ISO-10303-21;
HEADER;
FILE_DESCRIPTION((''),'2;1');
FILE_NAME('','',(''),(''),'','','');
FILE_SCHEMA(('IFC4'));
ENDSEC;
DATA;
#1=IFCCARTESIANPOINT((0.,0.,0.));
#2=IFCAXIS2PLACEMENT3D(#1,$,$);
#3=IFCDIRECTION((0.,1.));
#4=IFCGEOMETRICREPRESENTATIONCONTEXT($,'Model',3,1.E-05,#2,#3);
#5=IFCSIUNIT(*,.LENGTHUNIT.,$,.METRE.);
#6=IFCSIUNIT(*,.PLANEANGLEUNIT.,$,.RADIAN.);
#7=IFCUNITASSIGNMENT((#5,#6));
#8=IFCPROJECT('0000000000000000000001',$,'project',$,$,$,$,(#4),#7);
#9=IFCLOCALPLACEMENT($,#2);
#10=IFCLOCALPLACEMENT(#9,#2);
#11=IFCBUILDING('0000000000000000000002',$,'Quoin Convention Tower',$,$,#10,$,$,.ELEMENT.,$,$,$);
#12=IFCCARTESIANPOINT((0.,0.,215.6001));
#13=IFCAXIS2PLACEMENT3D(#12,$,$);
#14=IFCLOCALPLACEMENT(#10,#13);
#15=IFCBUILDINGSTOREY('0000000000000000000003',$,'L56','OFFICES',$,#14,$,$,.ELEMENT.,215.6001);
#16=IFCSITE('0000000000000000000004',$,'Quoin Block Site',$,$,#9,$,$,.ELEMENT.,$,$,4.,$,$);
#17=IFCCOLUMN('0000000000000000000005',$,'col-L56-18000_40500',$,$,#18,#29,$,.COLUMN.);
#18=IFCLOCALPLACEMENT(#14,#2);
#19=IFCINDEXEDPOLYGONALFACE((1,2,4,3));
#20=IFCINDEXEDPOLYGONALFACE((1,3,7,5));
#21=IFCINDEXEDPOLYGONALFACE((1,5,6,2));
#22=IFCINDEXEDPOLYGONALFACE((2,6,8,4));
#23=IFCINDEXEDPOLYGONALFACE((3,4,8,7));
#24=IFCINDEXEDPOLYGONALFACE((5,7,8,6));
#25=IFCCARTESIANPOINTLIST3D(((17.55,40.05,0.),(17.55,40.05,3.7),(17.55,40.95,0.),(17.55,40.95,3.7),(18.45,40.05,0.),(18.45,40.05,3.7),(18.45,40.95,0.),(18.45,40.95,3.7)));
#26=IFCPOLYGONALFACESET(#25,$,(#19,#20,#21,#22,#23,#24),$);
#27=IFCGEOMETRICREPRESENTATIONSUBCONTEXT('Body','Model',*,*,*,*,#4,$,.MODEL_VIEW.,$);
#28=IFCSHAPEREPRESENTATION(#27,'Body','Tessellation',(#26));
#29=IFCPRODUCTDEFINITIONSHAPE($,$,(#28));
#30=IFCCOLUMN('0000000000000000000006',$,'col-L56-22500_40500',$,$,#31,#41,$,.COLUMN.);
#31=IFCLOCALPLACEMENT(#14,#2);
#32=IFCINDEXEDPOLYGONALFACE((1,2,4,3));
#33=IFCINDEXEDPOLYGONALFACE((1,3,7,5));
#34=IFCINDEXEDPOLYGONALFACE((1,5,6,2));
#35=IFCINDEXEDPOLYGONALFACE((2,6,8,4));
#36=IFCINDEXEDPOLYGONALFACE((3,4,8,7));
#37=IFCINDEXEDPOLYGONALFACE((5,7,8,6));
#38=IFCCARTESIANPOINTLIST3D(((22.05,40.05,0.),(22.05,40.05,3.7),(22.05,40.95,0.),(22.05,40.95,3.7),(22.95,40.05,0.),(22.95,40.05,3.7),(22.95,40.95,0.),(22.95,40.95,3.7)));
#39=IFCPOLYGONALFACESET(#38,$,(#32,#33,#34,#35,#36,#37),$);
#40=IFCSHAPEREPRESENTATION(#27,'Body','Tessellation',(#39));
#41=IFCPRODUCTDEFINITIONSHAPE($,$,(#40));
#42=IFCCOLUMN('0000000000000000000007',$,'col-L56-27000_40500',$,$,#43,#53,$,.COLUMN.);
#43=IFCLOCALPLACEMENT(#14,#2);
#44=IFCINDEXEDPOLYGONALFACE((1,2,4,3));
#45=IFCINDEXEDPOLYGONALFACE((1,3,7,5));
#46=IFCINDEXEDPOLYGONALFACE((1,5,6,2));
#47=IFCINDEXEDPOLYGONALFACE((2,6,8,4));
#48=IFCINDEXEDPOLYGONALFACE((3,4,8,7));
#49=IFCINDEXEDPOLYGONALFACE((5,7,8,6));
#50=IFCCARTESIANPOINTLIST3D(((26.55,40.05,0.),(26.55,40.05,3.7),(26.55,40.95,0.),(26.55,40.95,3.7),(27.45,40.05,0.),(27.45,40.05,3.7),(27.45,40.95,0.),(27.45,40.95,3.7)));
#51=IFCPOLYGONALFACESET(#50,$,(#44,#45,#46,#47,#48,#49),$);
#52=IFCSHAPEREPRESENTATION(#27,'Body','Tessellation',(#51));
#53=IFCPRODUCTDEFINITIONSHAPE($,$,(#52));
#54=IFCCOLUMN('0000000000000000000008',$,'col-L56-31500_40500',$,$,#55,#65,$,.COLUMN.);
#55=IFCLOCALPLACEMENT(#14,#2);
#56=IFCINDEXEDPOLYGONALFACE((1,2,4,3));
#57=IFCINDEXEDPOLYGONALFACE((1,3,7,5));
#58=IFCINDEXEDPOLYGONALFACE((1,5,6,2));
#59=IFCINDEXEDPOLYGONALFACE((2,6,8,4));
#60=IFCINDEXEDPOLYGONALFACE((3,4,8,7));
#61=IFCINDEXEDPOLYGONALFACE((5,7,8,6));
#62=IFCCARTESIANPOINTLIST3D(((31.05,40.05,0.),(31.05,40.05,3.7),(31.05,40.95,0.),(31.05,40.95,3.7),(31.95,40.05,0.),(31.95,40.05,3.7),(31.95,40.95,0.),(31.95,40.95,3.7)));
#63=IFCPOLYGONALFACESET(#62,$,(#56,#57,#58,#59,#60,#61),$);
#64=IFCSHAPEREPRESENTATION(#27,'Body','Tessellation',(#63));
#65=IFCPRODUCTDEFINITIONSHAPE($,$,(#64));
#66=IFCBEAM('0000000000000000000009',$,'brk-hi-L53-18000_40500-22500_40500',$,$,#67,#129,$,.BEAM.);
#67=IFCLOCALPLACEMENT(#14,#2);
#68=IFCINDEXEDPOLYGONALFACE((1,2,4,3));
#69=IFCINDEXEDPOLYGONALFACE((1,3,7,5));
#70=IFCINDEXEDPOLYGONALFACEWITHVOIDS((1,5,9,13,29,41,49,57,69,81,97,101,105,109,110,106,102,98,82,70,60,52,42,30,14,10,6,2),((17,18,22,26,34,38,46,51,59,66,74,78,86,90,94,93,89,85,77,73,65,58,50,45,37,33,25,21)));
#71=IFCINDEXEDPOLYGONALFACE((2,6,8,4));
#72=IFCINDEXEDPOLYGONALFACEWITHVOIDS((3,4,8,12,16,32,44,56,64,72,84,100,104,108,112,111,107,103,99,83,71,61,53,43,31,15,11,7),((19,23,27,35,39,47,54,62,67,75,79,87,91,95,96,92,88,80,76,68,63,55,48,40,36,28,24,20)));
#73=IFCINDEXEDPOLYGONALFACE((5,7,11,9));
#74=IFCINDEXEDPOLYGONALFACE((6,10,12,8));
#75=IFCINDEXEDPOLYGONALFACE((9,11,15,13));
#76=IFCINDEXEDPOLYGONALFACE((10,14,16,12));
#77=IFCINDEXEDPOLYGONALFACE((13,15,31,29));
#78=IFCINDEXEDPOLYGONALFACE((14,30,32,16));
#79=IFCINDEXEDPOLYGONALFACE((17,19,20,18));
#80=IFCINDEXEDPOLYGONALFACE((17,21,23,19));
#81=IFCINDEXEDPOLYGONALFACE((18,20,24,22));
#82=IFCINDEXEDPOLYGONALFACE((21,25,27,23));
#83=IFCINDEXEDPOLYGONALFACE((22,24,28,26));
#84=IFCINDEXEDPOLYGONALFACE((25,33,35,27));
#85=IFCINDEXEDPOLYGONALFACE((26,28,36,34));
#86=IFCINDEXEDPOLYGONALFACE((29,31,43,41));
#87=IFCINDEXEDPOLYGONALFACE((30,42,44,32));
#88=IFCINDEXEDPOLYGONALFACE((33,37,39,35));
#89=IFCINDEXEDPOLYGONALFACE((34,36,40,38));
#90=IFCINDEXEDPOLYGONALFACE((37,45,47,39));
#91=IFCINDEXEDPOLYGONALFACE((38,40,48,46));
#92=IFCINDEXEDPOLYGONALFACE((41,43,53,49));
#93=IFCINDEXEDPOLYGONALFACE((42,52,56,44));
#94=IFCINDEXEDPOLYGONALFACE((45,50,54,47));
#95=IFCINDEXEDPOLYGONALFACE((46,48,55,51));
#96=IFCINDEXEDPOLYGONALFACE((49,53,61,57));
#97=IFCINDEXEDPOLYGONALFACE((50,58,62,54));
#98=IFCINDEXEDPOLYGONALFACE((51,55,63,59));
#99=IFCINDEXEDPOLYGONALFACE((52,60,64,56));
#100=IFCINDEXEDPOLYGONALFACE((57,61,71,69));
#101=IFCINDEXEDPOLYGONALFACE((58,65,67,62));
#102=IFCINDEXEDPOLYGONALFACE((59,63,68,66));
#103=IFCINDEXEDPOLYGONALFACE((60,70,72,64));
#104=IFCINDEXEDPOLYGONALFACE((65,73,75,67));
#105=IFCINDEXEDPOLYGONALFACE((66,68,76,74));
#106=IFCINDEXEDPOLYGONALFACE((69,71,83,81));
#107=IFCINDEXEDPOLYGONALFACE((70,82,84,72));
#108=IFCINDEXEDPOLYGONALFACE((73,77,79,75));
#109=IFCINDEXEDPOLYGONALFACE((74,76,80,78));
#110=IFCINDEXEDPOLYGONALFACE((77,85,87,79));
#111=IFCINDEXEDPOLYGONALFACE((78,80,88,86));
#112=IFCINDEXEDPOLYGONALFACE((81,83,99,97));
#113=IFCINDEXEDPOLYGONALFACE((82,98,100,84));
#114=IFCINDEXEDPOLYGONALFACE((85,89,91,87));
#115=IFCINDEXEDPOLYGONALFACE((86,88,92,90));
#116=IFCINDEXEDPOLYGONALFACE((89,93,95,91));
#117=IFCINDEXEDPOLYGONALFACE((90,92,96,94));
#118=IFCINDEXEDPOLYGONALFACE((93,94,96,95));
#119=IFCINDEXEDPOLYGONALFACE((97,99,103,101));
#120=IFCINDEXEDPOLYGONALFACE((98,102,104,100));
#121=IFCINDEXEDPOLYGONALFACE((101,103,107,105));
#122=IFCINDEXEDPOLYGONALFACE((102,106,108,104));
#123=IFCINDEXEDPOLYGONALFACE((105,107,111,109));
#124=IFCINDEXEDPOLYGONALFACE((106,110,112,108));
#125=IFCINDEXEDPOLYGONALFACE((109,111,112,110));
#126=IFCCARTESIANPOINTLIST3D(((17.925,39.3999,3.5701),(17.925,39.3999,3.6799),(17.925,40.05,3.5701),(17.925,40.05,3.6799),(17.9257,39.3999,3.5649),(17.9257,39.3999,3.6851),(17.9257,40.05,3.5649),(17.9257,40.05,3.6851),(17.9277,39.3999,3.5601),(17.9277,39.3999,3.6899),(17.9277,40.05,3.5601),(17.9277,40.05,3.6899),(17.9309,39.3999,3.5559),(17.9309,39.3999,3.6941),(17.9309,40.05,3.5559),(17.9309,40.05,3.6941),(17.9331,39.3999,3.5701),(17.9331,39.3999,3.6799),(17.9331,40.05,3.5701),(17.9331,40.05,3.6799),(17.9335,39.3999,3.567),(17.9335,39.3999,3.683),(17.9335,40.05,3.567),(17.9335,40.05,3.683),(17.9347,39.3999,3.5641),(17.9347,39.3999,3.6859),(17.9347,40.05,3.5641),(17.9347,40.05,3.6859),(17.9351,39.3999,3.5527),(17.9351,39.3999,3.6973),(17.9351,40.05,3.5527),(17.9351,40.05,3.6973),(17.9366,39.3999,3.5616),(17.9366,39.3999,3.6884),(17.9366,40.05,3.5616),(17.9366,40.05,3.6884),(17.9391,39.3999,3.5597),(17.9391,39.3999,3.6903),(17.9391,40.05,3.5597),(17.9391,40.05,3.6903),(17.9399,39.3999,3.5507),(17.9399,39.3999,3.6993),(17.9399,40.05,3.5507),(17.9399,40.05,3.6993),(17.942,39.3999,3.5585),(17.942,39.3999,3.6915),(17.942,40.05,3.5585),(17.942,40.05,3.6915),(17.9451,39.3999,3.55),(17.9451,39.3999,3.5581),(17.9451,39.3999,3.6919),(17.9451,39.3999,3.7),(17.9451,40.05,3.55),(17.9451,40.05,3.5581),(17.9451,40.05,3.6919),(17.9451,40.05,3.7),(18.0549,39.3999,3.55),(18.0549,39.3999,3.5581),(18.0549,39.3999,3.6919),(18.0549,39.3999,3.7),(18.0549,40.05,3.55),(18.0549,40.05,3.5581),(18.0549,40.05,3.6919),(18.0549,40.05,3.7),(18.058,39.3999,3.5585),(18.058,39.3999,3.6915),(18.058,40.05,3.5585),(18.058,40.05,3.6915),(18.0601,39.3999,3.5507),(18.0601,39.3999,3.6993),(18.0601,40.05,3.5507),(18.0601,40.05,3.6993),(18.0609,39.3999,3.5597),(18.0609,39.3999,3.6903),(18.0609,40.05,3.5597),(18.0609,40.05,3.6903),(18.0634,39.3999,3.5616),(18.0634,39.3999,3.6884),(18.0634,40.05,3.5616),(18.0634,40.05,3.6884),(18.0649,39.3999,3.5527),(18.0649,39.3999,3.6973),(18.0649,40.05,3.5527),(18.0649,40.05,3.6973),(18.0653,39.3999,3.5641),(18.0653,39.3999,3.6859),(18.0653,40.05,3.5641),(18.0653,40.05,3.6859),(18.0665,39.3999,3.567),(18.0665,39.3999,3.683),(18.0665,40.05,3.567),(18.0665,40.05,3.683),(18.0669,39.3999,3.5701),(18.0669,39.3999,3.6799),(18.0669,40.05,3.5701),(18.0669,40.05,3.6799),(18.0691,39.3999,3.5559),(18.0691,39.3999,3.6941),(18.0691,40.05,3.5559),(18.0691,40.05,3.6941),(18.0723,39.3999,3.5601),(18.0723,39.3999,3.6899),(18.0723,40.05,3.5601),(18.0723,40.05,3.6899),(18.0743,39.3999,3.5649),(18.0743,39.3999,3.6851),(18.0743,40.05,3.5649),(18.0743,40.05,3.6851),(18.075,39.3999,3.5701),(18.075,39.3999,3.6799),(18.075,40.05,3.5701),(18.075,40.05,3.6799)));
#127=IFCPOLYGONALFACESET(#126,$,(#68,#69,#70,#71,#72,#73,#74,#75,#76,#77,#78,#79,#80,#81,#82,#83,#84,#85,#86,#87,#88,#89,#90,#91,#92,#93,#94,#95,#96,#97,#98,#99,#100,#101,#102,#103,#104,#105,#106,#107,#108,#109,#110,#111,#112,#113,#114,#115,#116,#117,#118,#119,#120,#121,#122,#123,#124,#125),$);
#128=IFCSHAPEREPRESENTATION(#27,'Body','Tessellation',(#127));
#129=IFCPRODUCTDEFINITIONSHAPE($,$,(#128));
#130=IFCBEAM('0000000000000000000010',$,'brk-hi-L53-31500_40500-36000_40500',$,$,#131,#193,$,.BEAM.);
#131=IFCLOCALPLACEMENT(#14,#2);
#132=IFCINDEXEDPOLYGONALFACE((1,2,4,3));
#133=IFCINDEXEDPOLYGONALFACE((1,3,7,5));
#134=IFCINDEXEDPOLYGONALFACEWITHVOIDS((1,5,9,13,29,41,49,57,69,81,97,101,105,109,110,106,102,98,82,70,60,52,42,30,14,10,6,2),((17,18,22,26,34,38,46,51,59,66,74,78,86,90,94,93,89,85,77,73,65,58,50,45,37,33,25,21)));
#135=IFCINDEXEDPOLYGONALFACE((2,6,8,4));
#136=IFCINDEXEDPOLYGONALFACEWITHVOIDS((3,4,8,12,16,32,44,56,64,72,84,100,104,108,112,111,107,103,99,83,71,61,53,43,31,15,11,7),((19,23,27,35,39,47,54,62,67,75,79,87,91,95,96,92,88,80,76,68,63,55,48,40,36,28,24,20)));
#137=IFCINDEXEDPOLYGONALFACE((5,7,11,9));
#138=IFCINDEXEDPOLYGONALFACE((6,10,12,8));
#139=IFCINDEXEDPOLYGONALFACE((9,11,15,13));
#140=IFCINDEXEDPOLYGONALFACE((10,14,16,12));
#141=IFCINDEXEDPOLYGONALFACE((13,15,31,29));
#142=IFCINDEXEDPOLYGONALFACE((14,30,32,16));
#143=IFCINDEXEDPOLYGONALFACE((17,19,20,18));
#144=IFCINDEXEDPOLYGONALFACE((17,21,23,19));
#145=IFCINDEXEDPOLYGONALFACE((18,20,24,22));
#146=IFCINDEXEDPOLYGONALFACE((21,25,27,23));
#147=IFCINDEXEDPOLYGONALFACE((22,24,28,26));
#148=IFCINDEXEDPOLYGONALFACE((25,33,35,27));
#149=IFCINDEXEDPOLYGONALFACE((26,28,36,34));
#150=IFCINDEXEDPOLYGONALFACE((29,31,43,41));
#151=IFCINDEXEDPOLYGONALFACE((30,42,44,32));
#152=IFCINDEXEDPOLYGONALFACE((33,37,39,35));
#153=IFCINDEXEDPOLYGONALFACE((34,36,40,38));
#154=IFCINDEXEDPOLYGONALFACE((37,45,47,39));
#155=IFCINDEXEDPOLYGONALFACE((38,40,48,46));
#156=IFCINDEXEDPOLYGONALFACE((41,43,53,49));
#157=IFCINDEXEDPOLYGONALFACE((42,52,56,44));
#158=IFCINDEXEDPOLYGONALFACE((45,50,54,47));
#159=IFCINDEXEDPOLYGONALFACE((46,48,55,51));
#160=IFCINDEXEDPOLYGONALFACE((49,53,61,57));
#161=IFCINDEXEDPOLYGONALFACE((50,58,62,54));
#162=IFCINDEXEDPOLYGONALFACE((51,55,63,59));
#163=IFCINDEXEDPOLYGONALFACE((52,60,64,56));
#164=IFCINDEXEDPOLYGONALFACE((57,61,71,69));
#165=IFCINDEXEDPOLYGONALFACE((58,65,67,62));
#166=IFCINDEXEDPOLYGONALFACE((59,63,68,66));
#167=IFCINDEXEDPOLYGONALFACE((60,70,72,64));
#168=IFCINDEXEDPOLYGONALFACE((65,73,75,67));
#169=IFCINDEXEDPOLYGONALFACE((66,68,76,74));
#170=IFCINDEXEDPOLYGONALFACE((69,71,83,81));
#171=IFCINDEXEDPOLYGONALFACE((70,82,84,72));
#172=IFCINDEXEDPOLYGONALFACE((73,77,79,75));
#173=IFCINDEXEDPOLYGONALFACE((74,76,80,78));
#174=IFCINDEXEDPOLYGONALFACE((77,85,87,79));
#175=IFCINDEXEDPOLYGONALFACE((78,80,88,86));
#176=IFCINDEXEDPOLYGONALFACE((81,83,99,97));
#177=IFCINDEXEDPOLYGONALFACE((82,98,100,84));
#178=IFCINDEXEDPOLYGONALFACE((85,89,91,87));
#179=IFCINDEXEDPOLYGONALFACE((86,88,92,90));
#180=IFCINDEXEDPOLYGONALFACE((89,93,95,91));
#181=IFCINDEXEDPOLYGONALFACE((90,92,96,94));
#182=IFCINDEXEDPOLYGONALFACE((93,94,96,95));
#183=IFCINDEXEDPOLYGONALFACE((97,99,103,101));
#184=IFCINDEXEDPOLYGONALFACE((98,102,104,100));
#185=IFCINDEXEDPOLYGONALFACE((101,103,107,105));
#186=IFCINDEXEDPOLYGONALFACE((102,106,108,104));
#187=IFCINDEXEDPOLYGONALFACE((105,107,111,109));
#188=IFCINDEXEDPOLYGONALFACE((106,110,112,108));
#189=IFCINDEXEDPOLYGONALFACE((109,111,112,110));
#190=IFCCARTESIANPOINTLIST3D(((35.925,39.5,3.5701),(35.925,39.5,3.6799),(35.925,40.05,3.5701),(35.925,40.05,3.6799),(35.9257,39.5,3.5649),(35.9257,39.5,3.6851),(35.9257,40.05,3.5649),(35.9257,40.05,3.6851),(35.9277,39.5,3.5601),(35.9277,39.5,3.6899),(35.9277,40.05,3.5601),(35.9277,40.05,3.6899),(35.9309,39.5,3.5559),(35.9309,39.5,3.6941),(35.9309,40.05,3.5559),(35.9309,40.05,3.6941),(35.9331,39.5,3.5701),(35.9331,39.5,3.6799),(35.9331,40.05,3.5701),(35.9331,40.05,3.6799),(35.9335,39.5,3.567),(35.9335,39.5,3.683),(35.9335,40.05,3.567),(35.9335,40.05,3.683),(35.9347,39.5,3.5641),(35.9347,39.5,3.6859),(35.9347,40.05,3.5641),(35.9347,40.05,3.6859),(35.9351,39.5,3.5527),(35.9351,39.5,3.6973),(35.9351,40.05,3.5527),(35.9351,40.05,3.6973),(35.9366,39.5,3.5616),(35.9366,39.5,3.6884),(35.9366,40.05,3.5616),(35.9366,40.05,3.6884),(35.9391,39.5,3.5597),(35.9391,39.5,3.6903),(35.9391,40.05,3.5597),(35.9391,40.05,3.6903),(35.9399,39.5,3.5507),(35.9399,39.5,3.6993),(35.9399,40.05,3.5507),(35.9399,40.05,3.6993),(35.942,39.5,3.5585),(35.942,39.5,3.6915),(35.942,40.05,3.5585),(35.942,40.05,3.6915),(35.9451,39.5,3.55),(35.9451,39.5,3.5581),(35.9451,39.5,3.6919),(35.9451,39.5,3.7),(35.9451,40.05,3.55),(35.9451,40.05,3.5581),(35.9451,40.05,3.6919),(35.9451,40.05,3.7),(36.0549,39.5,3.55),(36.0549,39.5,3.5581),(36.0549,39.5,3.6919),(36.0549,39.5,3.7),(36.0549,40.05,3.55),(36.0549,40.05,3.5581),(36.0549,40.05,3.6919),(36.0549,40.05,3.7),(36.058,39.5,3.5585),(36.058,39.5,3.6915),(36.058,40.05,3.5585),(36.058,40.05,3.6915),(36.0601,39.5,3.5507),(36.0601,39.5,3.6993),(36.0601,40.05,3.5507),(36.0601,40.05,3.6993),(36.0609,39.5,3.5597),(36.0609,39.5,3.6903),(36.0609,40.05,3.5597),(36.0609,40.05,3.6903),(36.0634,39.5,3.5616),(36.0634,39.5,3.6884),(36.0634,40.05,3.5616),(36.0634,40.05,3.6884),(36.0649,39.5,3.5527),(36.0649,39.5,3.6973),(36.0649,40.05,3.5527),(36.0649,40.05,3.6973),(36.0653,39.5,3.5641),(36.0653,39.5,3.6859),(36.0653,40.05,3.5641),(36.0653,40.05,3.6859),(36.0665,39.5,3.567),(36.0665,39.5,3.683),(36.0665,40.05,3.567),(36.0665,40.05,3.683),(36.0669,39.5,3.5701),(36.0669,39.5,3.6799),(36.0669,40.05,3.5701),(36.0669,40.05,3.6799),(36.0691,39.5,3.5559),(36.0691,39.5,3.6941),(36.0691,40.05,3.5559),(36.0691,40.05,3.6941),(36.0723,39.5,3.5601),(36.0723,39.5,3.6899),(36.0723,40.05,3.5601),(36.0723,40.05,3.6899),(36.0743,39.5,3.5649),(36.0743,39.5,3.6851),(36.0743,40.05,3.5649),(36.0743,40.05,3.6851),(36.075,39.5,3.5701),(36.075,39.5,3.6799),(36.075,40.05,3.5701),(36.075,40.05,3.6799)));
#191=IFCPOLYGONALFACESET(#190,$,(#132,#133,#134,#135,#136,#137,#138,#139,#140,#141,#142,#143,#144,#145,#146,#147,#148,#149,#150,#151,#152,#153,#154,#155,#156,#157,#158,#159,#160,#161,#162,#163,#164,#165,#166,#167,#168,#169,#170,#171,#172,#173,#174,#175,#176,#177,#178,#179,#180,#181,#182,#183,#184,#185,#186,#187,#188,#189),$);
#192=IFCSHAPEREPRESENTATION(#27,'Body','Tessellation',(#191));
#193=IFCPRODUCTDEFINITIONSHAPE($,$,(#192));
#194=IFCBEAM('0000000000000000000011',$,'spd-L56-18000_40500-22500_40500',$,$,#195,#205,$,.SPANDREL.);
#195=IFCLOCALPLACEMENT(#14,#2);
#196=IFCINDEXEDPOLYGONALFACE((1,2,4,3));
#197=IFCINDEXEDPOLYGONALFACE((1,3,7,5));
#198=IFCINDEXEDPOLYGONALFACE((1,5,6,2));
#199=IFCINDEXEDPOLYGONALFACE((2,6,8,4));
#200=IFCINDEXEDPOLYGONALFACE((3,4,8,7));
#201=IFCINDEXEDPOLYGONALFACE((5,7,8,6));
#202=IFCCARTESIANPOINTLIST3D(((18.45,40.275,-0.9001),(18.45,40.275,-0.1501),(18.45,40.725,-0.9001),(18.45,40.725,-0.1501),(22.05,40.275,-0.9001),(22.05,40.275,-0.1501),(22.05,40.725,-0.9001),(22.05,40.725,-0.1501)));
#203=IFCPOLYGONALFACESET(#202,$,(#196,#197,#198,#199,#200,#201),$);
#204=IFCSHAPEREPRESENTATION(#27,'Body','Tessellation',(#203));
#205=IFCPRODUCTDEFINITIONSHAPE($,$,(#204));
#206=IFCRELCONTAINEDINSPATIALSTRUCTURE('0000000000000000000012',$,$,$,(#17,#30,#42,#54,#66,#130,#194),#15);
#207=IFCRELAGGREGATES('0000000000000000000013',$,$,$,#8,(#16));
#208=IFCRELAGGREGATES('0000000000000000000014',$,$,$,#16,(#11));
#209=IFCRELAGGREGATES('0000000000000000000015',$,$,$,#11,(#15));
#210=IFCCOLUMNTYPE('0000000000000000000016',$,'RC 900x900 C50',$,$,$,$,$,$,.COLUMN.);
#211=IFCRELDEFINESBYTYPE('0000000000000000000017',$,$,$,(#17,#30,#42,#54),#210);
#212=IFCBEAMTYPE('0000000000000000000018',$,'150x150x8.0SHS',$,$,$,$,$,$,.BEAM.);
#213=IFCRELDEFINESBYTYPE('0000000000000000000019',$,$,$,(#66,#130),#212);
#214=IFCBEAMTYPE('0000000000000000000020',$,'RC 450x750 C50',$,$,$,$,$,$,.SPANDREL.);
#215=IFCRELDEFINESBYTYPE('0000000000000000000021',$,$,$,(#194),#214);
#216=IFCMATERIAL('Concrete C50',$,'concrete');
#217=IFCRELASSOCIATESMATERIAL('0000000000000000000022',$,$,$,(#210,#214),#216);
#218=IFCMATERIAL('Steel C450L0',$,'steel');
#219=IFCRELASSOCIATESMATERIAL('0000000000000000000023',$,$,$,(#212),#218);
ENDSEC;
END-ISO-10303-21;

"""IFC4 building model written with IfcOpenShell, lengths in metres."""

from ifc_helpers import new_model, si_unit, direction, frame, origin, origin_2d, place, context, subcontext, project, spatial, rectangle, hollow_rectangle, extrude, material, material_profile, profile_set, type_object, element, save


model = new_model("IFC4")

# Units and contexts
model_context = context("Model", 3, precision=1e-05, world=origin(), true_north=direction((0.0, 1.0)))
body_context = subcontext(model_context, "Body", "Model", "MODEL_VIEW")
ifc_project = project(units=[si_unit("LENGTHUNIT", "METRE"), si_unit("PLANEANGLEUNIT", "RADIAN")], contexts=[model_context])

# Site, building, storey
site_placement = place(None, origin())
site = spatial("IfcSite", under=ifc_project, at=site_placement, Name="Quoin Block Site", CompositionType="ELEMENT", RefElevation=4.0)
building_placement = place(site_placement, origin())
building = spatial("IfcBuilding", under=site, at=building_placement, Name="Quoin Convention Tower", CompositionType="ELEMENT")
storey_placement = place(building_placement, frame((0.0, 0.0, 215.6001)))
storey = spatial("IfcBuildingStorey", under=building, at=storey_placement, Name="L56", Description="OFFICES", CompositionType="ELEMENT", Elevation=215.6001)

# Columns
ifc_material_1 = material(Name="Concrete C50", Category="concrete")
ifc_material_profile_1 = material_profile(ifc_material_1, rectangle(XDim=0.8999, YDim=0.8999, at=origin_2d()), Name="RC 900x900")
ifc_profile_set_1 = profile_set([ifc_material_profile_1], Name="Concrete C50")
column_type = type_object("IfcColumnType", Name="RC 900x900 C50", PredefinedType="COLUMN", material=ifc_profile_set_1)
for number, where, z_axis, x_axis, name in (
    (1, (18.0, 40.5, 0.0), (0.0, 0.0, 1.0), (1.0, 0.0, 0.0), "col-L56-18000_40500"),
    (2, (22.5, 40.5, 0.0), (0.0, 0.0, 1.0), (1.0, 0.0, 0.0), "col-L56-22500_40500"),
    (3, (27.0, 40.5, 0.0), (0.0, 0.0, 1.0), (1.0, 0.0, 0.0), "col-L56-27000_40500"),
    (4, (31.5, 40.5, 0.0), (0.0, 0.0, 1.0), (1.0, 0.0, 0.0), "col-L56-31500_40500"),
):
    element("IfcColumn", number, at=place(storey_placement, frame(where, z_axis=z_axis, x_axis=x_axis)), inside=storey, type_object=column_type, Name=name, PredefinedType="COLUMN", context=body_context, shape_type="SweptSolid", body=[
        extrude(rectangle(XDim=0.8999, YDim=0.8999, at=origin_2d()), origin(), (0.0, 0.0, 1.0), 3.7),
    ])

# Beams
ifc_material_2 = material(Name="Steel C450L0", Category="steel")
ifc_material_profile_2 = material_profile(ifc_material_2, hollow_rectangle(XDim=0.1499, YDim=0.1499, WallThickness=0.0081, InnerFilletRadius=0.012, OuterFilletRadius=0.02, at=origin_2d()), Name="150x150x8.0SHS")
ifc_profile_set_2 = profile_set([ifc_material_profile_2], Name="Steel C450L0")
beam_type_1 = type_object("IfcBeamType", Name="150x150x8.0SHS", PredefinedType="BEAM", material=ifc_profile_set_2)
beam_1_placement = place(storey_placement, frame((18.0, 40.05, 3.625), z_axis=(0.0, -1.0, 0.0), x_axis=(1.0, 0.0, 0.0)))
element("IfcBeam", 5, at=beam_1_placement, inside=storey, type_object=beam_type_1, Name="brk-hi-L53-18000_40500-22500_40500", PredefinedType="BEAM", context=body_context, shape_type="SweptSolid", body=[
    extrude(hollow_rectangle(XDim=0.1499, YDim=0.1499, WallThickness=0.0081, InnerFilletRadius=0.012, OuterFilletRadius=0.02, at=origin_2d()), origin(), (0.0, 0.0, 1.0), 0.6501),
])
beam_2_placement = place(storey_placement, frame((36.0, 40.05, 3.625), z_axis=(0.0, -1.0, 0.0), x_axis=(1.0, 0.0, 0.0)))
element("IfcBeam", 6, at=beam_2_placement, inside=storey, type_object=beam_type_1, Name="brk-hi-L53-31500_40500-36000_40500", PredefinedType="BEAM", context=body_context, shape_type="SweptSolid", body=[
    extrude(hollow_rectangle(XDim=0.1499, YDim=0.1499, WallThickness=0.0081, InnerFilletRadius=0.012, OuterFilletRadius=0.02, at=origin_2d()), origin(), (0.0, 0.0, 1.0), 0.55),
])
ifc_material_profile_3 = material_profile(ifc_material_1, rectangle(XDim=0.45, YDim=0.75, at=origin_2d()), Name="RC 450x750")
ifc_profile_set_3 = profile_set([ifc_material_profile_3], Name="Concrete C50")
beam_type_2 = type_object("IfcBeamType", Name="RC 450x750 C50", PredefinedType="SPANDREL", material=ifc_profile_set_3)
for number, where, z_axis, x_axis, name in (
    (7, (18.45, 40.5, -0.5251), (1.0, 0.0, 0.0), (0.0, 1.0, 0.0), "spd-L56-18000_40500-22500_40500"),
):
    element("IfcBeam", number, at=place(storey_placement, frame(where, z_axis=z_axis, x_axis=x_axis)), inside=storey, type_object=beam_type_2, Name=name, PredefinedType="SPANDREL", context=body_context, shape_type="SweptSolid", body=[
        extrude(rectangle(XDim=0.45, YDim=0.75, at=origin_2d()), origin(), (0.0, 0.0, 1.0), 3.6001),
    ])

save(model, "model.ifc")
